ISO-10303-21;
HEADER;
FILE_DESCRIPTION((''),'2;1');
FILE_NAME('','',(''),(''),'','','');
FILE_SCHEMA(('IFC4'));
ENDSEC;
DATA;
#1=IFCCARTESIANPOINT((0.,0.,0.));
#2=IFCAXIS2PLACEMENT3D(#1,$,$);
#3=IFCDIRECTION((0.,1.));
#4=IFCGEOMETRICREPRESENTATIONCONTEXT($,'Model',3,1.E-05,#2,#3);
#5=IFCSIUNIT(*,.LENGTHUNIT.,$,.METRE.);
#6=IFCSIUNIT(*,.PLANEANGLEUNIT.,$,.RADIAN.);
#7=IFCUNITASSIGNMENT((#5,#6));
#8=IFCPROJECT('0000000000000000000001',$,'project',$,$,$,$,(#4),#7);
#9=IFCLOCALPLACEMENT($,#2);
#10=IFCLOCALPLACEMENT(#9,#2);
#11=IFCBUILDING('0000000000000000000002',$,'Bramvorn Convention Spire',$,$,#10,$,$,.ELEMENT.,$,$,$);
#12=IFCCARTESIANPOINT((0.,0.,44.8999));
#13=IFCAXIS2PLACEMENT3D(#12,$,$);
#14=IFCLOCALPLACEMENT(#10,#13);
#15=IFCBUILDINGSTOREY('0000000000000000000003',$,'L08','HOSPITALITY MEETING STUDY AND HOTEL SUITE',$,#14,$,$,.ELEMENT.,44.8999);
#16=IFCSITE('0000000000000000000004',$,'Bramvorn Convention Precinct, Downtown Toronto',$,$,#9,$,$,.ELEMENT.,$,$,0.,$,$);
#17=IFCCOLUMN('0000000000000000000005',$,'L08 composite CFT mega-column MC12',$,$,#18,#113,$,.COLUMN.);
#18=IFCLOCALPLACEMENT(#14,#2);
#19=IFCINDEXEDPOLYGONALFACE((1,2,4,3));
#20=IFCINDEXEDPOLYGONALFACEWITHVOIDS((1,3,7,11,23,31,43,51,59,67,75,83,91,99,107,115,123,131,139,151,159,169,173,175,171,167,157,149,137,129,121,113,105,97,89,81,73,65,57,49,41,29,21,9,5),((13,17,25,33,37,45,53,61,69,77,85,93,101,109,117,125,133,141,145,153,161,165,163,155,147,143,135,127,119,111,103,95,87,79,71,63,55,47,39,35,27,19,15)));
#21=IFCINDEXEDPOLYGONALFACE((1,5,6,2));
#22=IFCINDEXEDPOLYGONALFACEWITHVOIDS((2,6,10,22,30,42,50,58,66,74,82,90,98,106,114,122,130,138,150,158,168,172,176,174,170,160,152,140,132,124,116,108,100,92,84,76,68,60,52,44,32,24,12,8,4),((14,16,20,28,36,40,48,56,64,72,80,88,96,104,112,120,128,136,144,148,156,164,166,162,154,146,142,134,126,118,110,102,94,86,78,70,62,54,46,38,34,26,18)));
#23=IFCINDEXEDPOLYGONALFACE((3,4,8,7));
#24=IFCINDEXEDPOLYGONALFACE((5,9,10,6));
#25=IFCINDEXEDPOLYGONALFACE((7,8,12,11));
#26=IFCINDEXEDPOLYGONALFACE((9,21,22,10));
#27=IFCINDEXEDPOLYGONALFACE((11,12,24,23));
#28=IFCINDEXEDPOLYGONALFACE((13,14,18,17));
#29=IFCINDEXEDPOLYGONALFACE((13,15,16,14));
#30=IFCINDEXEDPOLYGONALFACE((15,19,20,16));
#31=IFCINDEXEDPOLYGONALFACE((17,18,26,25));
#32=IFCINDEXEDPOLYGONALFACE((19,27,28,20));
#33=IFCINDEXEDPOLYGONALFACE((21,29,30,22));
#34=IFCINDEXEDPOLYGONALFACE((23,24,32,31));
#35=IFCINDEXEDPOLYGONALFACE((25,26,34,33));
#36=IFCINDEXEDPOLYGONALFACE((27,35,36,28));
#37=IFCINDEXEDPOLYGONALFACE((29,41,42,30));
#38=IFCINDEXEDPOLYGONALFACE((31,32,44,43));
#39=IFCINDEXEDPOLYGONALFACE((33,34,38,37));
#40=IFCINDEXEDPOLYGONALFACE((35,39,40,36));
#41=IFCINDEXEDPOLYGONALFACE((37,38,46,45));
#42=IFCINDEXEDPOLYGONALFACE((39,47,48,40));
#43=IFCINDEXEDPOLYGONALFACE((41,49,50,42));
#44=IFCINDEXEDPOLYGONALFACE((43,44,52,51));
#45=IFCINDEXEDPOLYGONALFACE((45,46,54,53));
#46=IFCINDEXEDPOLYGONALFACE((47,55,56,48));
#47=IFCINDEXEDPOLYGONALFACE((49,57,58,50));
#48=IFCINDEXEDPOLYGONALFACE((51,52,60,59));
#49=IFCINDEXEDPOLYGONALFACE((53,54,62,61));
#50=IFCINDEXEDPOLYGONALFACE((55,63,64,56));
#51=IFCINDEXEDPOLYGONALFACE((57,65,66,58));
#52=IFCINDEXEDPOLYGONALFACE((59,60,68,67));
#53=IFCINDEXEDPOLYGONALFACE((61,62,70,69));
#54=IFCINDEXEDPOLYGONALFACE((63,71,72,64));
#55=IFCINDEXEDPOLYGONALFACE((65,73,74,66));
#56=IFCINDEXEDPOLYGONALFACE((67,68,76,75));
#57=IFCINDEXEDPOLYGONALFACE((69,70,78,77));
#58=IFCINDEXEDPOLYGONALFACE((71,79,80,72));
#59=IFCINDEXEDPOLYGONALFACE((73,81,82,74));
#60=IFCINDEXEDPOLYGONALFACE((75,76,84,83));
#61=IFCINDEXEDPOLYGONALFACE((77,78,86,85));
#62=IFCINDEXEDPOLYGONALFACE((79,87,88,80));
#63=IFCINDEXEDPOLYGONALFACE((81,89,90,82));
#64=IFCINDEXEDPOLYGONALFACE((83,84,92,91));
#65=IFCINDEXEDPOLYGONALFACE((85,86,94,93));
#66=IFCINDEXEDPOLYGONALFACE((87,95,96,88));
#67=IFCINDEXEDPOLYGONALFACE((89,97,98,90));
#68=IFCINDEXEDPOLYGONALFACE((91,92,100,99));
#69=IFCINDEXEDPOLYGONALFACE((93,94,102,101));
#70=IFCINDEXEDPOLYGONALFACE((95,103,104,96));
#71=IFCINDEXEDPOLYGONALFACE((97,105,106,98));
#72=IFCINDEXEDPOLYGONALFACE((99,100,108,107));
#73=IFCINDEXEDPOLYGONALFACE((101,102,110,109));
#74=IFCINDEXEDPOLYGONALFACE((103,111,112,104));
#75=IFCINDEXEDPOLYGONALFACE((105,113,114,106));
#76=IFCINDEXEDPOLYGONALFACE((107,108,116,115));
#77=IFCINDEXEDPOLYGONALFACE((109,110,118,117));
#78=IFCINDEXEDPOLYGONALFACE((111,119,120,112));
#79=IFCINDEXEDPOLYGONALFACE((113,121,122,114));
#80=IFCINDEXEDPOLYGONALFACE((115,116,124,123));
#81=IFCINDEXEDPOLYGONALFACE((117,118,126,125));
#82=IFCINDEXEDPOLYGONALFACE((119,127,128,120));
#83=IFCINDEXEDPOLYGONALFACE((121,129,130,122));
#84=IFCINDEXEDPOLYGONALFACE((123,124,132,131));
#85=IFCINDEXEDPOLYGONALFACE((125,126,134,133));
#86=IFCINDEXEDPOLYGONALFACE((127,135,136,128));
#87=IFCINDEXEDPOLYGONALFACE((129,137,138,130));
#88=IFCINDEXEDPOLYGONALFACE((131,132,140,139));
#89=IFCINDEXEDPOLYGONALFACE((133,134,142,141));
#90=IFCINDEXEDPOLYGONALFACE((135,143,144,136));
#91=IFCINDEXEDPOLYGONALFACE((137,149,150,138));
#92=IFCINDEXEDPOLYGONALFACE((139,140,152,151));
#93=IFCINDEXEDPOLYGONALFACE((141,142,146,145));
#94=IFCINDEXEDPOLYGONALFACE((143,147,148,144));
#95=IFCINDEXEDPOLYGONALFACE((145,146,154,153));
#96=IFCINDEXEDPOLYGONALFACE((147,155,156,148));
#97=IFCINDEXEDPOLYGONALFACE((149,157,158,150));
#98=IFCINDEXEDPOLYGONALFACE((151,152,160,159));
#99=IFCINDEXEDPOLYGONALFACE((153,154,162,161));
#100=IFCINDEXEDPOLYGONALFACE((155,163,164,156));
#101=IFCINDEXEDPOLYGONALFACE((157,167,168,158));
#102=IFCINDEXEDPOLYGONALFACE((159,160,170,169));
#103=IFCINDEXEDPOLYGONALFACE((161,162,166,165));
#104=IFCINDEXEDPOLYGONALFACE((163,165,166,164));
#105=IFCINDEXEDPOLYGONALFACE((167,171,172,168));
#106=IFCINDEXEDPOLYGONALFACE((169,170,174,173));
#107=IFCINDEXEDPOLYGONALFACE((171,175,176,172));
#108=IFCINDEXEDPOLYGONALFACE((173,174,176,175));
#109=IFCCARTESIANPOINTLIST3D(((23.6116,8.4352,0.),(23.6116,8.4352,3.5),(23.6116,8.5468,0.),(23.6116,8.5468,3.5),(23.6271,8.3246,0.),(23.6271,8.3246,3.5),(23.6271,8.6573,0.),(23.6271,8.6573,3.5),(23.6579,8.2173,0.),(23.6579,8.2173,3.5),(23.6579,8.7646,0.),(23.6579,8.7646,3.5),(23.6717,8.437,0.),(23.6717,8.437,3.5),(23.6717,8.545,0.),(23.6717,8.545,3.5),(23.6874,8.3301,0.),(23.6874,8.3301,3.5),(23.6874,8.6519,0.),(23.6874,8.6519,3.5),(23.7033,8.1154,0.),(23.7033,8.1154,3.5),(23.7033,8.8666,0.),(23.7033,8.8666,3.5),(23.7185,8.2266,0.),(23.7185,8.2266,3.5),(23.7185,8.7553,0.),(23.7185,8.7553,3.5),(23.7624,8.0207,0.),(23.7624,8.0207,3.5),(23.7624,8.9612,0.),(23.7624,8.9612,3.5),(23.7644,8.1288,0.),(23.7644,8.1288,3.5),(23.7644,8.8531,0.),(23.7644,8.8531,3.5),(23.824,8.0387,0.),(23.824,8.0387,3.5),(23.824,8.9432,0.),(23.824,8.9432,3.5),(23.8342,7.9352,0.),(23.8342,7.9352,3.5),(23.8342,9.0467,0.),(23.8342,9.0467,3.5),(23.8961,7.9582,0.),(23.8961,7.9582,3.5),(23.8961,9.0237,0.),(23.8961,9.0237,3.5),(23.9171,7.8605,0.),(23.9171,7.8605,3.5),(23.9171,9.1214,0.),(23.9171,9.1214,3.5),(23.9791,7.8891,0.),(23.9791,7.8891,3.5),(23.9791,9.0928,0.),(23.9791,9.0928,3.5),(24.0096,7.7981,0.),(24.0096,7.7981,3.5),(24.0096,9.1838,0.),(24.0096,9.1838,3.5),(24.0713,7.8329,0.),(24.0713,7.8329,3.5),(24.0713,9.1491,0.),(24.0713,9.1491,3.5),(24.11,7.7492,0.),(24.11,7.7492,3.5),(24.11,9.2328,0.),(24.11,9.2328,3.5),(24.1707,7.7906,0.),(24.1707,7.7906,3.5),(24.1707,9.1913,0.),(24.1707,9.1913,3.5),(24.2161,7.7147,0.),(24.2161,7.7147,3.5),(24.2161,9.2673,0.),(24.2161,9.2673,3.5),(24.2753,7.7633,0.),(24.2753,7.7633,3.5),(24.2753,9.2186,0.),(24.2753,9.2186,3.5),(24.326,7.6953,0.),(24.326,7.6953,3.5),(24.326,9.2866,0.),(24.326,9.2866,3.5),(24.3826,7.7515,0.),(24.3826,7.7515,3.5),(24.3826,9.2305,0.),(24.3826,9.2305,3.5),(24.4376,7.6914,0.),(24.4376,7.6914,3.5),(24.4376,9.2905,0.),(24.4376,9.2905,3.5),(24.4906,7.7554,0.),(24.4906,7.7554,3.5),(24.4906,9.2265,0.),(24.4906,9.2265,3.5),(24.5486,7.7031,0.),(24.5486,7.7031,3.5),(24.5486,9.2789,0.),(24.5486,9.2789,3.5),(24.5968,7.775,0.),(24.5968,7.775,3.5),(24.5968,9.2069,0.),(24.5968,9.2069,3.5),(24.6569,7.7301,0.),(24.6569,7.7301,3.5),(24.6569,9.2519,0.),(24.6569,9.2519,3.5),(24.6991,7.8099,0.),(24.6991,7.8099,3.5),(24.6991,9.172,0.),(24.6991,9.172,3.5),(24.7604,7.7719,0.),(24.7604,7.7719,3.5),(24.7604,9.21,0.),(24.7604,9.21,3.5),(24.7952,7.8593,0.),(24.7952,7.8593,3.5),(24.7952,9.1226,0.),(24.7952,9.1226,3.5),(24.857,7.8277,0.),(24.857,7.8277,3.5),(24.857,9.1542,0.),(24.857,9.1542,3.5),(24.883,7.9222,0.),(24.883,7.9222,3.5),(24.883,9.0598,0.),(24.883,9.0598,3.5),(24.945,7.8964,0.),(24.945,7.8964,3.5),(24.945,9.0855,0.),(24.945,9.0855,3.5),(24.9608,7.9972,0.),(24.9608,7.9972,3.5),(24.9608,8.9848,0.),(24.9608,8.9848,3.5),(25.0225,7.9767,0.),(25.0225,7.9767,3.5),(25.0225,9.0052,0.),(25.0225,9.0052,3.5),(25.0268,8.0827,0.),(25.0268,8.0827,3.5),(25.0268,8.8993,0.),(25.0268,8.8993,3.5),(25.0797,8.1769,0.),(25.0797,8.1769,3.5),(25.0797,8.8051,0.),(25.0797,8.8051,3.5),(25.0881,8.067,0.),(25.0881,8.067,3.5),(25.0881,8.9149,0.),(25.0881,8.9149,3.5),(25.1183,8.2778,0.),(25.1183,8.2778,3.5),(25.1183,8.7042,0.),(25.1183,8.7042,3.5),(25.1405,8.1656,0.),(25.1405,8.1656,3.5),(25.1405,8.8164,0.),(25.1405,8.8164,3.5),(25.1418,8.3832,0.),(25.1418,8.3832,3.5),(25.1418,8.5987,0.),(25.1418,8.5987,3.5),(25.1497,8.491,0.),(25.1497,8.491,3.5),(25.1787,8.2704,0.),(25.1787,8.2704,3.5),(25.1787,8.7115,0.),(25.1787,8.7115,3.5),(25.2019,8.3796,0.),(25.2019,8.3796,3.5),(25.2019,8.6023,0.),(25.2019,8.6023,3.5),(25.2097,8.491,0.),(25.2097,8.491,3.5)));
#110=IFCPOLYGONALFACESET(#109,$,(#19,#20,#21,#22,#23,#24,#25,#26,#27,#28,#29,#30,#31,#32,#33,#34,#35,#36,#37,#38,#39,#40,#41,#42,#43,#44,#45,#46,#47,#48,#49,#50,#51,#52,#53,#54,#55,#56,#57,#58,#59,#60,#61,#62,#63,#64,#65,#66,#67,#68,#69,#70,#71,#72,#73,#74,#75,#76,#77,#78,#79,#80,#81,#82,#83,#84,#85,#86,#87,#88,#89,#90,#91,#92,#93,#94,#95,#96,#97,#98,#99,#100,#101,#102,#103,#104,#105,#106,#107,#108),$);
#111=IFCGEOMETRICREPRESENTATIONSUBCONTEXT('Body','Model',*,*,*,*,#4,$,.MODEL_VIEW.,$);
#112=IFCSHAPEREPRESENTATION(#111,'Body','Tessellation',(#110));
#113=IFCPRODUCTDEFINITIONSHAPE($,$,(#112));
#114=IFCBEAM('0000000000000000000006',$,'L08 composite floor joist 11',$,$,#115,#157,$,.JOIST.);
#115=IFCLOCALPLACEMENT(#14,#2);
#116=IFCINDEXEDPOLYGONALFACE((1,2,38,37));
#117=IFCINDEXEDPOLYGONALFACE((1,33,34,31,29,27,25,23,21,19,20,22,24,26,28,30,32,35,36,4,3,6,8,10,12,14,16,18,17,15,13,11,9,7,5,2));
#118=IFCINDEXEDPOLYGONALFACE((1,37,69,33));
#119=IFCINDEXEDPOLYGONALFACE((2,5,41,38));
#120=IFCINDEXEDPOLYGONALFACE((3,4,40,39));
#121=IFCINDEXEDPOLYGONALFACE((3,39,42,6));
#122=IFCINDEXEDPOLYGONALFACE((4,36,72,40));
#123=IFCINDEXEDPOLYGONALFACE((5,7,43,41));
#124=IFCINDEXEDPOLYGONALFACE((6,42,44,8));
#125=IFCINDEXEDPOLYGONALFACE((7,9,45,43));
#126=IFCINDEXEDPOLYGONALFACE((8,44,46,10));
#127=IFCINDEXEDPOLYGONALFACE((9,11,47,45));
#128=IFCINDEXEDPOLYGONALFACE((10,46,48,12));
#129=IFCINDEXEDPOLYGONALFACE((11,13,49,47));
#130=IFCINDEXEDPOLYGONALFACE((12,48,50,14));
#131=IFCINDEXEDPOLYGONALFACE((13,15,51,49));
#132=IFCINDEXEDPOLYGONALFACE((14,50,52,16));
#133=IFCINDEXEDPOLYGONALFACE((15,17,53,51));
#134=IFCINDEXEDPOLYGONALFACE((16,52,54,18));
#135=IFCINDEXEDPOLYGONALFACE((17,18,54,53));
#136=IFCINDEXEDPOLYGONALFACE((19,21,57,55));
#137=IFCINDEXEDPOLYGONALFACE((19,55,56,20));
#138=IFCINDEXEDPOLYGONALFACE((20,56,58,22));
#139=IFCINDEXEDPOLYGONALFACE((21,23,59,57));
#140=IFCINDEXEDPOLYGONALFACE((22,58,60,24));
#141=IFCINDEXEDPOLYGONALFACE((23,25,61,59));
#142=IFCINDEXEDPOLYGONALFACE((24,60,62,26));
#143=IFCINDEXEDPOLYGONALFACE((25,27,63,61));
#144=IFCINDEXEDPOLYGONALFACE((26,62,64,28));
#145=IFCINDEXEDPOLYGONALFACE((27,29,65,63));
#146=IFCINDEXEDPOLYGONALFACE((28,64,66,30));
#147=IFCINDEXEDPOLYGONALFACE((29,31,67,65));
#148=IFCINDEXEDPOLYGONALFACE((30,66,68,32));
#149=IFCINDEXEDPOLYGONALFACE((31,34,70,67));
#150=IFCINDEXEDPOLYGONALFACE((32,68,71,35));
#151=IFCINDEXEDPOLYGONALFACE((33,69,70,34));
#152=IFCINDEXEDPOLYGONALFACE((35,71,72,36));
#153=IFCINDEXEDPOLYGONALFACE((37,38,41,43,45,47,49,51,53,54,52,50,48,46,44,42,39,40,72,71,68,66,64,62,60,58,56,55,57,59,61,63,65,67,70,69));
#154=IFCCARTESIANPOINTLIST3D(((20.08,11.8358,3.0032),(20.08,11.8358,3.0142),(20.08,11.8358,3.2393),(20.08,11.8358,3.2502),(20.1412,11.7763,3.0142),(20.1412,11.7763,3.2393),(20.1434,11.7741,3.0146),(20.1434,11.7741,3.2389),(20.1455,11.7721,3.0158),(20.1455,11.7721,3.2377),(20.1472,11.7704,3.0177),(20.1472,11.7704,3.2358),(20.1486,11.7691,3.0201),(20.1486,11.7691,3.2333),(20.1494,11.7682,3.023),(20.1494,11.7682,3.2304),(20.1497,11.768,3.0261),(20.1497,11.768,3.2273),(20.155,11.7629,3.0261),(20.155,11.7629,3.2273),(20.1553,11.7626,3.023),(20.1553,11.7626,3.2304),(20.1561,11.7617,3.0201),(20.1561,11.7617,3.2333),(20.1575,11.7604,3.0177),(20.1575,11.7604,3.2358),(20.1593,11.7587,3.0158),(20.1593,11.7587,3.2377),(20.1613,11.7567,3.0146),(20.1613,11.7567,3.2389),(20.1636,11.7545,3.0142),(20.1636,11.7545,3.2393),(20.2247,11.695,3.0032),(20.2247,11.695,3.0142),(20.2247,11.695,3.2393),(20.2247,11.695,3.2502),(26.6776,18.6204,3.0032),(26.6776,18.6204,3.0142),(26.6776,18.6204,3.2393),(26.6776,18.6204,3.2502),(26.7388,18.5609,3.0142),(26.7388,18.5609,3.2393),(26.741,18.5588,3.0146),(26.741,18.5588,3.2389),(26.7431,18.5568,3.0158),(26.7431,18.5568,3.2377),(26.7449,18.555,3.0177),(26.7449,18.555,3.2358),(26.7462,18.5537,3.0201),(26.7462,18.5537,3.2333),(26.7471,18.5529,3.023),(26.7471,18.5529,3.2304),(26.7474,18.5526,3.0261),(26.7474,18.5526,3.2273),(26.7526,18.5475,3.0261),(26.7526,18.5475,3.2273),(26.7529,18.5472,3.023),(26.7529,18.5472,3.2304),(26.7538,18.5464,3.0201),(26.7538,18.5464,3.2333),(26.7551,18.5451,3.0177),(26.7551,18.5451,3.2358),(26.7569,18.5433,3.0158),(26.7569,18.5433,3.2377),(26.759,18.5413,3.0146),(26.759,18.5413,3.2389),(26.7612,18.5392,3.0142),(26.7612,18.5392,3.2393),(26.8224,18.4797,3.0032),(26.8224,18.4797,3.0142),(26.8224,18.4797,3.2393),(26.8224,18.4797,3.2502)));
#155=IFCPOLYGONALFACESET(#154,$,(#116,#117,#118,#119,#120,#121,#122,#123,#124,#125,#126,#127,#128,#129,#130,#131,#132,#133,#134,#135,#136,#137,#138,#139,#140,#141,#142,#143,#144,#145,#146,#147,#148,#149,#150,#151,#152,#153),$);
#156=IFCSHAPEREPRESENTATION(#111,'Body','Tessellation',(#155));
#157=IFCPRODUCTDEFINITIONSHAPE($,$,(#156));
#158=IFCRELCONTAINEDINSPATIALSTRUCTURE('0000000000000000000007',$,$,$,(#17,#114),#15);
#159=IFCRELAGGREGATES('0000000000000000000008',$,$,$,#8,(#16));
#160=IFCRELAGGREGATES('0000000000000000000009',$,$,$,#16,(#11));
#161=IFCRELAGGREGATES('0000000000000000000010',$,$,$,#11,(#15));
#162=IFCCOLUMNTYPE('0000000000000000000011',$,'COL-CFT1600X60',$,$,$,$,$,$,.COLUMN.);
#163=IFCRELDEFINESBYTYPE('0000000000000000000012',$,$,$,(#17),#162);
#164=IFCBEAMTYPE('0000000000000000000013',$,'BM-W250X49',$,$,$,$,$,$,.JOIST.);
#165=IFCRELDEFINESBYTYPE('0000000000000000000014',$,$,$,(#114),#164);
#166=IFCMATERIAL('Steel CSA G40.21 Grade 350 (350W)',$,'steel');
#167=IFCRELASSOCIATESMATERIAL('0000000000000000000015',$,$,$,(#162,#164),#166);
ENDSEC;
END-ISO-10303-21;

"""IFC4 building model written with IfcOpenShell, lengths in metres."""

from ifc_helpers import new_model, si_unit, direction, frame, origin, origin_2d, place, context, subcontext, project, spatial, hollow_circle, i_section, extrude, material, material_profile, profile_set, type_object, element, save


model = new_model("IFC4")

# Units and contexts
model_context = context("Model", 3, precision=1e-05, world=origin(), true_north=direction((0.0, 1.0)))
body_context = subcontext(model_context, "Body", "Model", "MODEL_VIEW")
ifc_project = project(units=[si_unit("LENGTHUNIT", "METRE"), si_unit("PLANEANGLEUNIT", "RADIAN")], contexts=[model_context])

# Site, building, storey
site_placement = place(None, origin())
site = spatial("IfcSite", under=ifc_project, at=site_placement, Name="Bramvorn Convention Precinct, Downtown Toronto", CompositionType="ELEMENT", RefElevation=0.0)
building_placement = place(site_placement, origin())
building = spatial("IfcBuilding", under=site, at=building_placement, Name="Bramvorn Convention Spire", CompositionType="ELEMENT")
storey_placement = place(building_placement, frame((0.0, 0.0, 44.8999)))
storey = spatial("IfcBuildingStorey", under=building, at=storey_placement, Name="L08", Description="HOSPITALITY MEETING STUDY AND HOTEL SUITE", CompositionType="ELEMENT", Elevation=44.8999)

# Column
ifc_material_1 = material(Name="Steel CSA G40.21 Grade 350 (350W)", Category="steel")
ifc_material_profile_1 = material_profile(ifc_material_1, hollow_circle(Radius=0.8, WallThickness=0.0601, at=origin_2d()))
ifc_profile_set_1 = profile_set([ifc_material_profile_1], Name="Steel CSA G40.21 Grade 350 (350W) - CFT1600X60")
column_type = type_object("IfcColumnType", Name="COL-CFT1600X60", PredefinedType="COLUMN", material=ifc_profile_set_1)
column_placement = place(storey_placement, frame((24.4097, 8.491, 0.0), z_axis=(0.0, 0.0, 1.0), x_axis=(1.0, 0.0, 0.0)))
element("IfcColumn", 1, at=column_placement, inside=storey, type_object=column_type, Name="L08 composite CFT mega-column MC12", PredefinedType="COLUMN", context=body_context, shape_type="SweptSolid", body=[
    extrude(hollow_circle(Radius=0.8, WallThickness=0.0601, at=origin_2d()), origin(), (0.0, 0.0, 1.0), 3.5),
])

# Beam
ifc_material_profile_2 = material_profile(ifc_material_1, i_section(OverallWidth=0.2019, OverallDepth=0.2471, WebThickness=0.0073, FlangeThickness=0.011, FilletRadius=0.012, at=origin_2d()))
ifc_profile_set_2 = profile_set([ifc_material_profile_2], Name="Steel CSA G40.21 Grade 350 (350W) - W250X49")
beam_type_1 = type_object("IfcBeamType", Name="BM-W250X49", PredefinedType="JOIST", material=ifc_profile_set_2)
beam_1_placement = place(storey_placement, frame((26.75, 18.55, 3.1267), z_axis=(-0.697157, -0.716918, 0.0), x_axis=(0.716918, -0.697157, 0.0)))
element("IfcBeam", 2, at=beam_1_placement, inside=storey, type_object=beam_type_1, Name="L08 composite floor joist 11", PredefinedType="JOIST", context=body_context, shape_type="SweptSolid", body=[
    extrude(i_section(OverallWidth=0.2019, OverallDepth=0.2471, WebThickness=0.0073, FlangeThickness=0.011, FilletRadius=0.012, at=origin_2d()), origin(), (0.0, 0.0, 1.0), 9.4636),
])

save(model, "model.ifc")
